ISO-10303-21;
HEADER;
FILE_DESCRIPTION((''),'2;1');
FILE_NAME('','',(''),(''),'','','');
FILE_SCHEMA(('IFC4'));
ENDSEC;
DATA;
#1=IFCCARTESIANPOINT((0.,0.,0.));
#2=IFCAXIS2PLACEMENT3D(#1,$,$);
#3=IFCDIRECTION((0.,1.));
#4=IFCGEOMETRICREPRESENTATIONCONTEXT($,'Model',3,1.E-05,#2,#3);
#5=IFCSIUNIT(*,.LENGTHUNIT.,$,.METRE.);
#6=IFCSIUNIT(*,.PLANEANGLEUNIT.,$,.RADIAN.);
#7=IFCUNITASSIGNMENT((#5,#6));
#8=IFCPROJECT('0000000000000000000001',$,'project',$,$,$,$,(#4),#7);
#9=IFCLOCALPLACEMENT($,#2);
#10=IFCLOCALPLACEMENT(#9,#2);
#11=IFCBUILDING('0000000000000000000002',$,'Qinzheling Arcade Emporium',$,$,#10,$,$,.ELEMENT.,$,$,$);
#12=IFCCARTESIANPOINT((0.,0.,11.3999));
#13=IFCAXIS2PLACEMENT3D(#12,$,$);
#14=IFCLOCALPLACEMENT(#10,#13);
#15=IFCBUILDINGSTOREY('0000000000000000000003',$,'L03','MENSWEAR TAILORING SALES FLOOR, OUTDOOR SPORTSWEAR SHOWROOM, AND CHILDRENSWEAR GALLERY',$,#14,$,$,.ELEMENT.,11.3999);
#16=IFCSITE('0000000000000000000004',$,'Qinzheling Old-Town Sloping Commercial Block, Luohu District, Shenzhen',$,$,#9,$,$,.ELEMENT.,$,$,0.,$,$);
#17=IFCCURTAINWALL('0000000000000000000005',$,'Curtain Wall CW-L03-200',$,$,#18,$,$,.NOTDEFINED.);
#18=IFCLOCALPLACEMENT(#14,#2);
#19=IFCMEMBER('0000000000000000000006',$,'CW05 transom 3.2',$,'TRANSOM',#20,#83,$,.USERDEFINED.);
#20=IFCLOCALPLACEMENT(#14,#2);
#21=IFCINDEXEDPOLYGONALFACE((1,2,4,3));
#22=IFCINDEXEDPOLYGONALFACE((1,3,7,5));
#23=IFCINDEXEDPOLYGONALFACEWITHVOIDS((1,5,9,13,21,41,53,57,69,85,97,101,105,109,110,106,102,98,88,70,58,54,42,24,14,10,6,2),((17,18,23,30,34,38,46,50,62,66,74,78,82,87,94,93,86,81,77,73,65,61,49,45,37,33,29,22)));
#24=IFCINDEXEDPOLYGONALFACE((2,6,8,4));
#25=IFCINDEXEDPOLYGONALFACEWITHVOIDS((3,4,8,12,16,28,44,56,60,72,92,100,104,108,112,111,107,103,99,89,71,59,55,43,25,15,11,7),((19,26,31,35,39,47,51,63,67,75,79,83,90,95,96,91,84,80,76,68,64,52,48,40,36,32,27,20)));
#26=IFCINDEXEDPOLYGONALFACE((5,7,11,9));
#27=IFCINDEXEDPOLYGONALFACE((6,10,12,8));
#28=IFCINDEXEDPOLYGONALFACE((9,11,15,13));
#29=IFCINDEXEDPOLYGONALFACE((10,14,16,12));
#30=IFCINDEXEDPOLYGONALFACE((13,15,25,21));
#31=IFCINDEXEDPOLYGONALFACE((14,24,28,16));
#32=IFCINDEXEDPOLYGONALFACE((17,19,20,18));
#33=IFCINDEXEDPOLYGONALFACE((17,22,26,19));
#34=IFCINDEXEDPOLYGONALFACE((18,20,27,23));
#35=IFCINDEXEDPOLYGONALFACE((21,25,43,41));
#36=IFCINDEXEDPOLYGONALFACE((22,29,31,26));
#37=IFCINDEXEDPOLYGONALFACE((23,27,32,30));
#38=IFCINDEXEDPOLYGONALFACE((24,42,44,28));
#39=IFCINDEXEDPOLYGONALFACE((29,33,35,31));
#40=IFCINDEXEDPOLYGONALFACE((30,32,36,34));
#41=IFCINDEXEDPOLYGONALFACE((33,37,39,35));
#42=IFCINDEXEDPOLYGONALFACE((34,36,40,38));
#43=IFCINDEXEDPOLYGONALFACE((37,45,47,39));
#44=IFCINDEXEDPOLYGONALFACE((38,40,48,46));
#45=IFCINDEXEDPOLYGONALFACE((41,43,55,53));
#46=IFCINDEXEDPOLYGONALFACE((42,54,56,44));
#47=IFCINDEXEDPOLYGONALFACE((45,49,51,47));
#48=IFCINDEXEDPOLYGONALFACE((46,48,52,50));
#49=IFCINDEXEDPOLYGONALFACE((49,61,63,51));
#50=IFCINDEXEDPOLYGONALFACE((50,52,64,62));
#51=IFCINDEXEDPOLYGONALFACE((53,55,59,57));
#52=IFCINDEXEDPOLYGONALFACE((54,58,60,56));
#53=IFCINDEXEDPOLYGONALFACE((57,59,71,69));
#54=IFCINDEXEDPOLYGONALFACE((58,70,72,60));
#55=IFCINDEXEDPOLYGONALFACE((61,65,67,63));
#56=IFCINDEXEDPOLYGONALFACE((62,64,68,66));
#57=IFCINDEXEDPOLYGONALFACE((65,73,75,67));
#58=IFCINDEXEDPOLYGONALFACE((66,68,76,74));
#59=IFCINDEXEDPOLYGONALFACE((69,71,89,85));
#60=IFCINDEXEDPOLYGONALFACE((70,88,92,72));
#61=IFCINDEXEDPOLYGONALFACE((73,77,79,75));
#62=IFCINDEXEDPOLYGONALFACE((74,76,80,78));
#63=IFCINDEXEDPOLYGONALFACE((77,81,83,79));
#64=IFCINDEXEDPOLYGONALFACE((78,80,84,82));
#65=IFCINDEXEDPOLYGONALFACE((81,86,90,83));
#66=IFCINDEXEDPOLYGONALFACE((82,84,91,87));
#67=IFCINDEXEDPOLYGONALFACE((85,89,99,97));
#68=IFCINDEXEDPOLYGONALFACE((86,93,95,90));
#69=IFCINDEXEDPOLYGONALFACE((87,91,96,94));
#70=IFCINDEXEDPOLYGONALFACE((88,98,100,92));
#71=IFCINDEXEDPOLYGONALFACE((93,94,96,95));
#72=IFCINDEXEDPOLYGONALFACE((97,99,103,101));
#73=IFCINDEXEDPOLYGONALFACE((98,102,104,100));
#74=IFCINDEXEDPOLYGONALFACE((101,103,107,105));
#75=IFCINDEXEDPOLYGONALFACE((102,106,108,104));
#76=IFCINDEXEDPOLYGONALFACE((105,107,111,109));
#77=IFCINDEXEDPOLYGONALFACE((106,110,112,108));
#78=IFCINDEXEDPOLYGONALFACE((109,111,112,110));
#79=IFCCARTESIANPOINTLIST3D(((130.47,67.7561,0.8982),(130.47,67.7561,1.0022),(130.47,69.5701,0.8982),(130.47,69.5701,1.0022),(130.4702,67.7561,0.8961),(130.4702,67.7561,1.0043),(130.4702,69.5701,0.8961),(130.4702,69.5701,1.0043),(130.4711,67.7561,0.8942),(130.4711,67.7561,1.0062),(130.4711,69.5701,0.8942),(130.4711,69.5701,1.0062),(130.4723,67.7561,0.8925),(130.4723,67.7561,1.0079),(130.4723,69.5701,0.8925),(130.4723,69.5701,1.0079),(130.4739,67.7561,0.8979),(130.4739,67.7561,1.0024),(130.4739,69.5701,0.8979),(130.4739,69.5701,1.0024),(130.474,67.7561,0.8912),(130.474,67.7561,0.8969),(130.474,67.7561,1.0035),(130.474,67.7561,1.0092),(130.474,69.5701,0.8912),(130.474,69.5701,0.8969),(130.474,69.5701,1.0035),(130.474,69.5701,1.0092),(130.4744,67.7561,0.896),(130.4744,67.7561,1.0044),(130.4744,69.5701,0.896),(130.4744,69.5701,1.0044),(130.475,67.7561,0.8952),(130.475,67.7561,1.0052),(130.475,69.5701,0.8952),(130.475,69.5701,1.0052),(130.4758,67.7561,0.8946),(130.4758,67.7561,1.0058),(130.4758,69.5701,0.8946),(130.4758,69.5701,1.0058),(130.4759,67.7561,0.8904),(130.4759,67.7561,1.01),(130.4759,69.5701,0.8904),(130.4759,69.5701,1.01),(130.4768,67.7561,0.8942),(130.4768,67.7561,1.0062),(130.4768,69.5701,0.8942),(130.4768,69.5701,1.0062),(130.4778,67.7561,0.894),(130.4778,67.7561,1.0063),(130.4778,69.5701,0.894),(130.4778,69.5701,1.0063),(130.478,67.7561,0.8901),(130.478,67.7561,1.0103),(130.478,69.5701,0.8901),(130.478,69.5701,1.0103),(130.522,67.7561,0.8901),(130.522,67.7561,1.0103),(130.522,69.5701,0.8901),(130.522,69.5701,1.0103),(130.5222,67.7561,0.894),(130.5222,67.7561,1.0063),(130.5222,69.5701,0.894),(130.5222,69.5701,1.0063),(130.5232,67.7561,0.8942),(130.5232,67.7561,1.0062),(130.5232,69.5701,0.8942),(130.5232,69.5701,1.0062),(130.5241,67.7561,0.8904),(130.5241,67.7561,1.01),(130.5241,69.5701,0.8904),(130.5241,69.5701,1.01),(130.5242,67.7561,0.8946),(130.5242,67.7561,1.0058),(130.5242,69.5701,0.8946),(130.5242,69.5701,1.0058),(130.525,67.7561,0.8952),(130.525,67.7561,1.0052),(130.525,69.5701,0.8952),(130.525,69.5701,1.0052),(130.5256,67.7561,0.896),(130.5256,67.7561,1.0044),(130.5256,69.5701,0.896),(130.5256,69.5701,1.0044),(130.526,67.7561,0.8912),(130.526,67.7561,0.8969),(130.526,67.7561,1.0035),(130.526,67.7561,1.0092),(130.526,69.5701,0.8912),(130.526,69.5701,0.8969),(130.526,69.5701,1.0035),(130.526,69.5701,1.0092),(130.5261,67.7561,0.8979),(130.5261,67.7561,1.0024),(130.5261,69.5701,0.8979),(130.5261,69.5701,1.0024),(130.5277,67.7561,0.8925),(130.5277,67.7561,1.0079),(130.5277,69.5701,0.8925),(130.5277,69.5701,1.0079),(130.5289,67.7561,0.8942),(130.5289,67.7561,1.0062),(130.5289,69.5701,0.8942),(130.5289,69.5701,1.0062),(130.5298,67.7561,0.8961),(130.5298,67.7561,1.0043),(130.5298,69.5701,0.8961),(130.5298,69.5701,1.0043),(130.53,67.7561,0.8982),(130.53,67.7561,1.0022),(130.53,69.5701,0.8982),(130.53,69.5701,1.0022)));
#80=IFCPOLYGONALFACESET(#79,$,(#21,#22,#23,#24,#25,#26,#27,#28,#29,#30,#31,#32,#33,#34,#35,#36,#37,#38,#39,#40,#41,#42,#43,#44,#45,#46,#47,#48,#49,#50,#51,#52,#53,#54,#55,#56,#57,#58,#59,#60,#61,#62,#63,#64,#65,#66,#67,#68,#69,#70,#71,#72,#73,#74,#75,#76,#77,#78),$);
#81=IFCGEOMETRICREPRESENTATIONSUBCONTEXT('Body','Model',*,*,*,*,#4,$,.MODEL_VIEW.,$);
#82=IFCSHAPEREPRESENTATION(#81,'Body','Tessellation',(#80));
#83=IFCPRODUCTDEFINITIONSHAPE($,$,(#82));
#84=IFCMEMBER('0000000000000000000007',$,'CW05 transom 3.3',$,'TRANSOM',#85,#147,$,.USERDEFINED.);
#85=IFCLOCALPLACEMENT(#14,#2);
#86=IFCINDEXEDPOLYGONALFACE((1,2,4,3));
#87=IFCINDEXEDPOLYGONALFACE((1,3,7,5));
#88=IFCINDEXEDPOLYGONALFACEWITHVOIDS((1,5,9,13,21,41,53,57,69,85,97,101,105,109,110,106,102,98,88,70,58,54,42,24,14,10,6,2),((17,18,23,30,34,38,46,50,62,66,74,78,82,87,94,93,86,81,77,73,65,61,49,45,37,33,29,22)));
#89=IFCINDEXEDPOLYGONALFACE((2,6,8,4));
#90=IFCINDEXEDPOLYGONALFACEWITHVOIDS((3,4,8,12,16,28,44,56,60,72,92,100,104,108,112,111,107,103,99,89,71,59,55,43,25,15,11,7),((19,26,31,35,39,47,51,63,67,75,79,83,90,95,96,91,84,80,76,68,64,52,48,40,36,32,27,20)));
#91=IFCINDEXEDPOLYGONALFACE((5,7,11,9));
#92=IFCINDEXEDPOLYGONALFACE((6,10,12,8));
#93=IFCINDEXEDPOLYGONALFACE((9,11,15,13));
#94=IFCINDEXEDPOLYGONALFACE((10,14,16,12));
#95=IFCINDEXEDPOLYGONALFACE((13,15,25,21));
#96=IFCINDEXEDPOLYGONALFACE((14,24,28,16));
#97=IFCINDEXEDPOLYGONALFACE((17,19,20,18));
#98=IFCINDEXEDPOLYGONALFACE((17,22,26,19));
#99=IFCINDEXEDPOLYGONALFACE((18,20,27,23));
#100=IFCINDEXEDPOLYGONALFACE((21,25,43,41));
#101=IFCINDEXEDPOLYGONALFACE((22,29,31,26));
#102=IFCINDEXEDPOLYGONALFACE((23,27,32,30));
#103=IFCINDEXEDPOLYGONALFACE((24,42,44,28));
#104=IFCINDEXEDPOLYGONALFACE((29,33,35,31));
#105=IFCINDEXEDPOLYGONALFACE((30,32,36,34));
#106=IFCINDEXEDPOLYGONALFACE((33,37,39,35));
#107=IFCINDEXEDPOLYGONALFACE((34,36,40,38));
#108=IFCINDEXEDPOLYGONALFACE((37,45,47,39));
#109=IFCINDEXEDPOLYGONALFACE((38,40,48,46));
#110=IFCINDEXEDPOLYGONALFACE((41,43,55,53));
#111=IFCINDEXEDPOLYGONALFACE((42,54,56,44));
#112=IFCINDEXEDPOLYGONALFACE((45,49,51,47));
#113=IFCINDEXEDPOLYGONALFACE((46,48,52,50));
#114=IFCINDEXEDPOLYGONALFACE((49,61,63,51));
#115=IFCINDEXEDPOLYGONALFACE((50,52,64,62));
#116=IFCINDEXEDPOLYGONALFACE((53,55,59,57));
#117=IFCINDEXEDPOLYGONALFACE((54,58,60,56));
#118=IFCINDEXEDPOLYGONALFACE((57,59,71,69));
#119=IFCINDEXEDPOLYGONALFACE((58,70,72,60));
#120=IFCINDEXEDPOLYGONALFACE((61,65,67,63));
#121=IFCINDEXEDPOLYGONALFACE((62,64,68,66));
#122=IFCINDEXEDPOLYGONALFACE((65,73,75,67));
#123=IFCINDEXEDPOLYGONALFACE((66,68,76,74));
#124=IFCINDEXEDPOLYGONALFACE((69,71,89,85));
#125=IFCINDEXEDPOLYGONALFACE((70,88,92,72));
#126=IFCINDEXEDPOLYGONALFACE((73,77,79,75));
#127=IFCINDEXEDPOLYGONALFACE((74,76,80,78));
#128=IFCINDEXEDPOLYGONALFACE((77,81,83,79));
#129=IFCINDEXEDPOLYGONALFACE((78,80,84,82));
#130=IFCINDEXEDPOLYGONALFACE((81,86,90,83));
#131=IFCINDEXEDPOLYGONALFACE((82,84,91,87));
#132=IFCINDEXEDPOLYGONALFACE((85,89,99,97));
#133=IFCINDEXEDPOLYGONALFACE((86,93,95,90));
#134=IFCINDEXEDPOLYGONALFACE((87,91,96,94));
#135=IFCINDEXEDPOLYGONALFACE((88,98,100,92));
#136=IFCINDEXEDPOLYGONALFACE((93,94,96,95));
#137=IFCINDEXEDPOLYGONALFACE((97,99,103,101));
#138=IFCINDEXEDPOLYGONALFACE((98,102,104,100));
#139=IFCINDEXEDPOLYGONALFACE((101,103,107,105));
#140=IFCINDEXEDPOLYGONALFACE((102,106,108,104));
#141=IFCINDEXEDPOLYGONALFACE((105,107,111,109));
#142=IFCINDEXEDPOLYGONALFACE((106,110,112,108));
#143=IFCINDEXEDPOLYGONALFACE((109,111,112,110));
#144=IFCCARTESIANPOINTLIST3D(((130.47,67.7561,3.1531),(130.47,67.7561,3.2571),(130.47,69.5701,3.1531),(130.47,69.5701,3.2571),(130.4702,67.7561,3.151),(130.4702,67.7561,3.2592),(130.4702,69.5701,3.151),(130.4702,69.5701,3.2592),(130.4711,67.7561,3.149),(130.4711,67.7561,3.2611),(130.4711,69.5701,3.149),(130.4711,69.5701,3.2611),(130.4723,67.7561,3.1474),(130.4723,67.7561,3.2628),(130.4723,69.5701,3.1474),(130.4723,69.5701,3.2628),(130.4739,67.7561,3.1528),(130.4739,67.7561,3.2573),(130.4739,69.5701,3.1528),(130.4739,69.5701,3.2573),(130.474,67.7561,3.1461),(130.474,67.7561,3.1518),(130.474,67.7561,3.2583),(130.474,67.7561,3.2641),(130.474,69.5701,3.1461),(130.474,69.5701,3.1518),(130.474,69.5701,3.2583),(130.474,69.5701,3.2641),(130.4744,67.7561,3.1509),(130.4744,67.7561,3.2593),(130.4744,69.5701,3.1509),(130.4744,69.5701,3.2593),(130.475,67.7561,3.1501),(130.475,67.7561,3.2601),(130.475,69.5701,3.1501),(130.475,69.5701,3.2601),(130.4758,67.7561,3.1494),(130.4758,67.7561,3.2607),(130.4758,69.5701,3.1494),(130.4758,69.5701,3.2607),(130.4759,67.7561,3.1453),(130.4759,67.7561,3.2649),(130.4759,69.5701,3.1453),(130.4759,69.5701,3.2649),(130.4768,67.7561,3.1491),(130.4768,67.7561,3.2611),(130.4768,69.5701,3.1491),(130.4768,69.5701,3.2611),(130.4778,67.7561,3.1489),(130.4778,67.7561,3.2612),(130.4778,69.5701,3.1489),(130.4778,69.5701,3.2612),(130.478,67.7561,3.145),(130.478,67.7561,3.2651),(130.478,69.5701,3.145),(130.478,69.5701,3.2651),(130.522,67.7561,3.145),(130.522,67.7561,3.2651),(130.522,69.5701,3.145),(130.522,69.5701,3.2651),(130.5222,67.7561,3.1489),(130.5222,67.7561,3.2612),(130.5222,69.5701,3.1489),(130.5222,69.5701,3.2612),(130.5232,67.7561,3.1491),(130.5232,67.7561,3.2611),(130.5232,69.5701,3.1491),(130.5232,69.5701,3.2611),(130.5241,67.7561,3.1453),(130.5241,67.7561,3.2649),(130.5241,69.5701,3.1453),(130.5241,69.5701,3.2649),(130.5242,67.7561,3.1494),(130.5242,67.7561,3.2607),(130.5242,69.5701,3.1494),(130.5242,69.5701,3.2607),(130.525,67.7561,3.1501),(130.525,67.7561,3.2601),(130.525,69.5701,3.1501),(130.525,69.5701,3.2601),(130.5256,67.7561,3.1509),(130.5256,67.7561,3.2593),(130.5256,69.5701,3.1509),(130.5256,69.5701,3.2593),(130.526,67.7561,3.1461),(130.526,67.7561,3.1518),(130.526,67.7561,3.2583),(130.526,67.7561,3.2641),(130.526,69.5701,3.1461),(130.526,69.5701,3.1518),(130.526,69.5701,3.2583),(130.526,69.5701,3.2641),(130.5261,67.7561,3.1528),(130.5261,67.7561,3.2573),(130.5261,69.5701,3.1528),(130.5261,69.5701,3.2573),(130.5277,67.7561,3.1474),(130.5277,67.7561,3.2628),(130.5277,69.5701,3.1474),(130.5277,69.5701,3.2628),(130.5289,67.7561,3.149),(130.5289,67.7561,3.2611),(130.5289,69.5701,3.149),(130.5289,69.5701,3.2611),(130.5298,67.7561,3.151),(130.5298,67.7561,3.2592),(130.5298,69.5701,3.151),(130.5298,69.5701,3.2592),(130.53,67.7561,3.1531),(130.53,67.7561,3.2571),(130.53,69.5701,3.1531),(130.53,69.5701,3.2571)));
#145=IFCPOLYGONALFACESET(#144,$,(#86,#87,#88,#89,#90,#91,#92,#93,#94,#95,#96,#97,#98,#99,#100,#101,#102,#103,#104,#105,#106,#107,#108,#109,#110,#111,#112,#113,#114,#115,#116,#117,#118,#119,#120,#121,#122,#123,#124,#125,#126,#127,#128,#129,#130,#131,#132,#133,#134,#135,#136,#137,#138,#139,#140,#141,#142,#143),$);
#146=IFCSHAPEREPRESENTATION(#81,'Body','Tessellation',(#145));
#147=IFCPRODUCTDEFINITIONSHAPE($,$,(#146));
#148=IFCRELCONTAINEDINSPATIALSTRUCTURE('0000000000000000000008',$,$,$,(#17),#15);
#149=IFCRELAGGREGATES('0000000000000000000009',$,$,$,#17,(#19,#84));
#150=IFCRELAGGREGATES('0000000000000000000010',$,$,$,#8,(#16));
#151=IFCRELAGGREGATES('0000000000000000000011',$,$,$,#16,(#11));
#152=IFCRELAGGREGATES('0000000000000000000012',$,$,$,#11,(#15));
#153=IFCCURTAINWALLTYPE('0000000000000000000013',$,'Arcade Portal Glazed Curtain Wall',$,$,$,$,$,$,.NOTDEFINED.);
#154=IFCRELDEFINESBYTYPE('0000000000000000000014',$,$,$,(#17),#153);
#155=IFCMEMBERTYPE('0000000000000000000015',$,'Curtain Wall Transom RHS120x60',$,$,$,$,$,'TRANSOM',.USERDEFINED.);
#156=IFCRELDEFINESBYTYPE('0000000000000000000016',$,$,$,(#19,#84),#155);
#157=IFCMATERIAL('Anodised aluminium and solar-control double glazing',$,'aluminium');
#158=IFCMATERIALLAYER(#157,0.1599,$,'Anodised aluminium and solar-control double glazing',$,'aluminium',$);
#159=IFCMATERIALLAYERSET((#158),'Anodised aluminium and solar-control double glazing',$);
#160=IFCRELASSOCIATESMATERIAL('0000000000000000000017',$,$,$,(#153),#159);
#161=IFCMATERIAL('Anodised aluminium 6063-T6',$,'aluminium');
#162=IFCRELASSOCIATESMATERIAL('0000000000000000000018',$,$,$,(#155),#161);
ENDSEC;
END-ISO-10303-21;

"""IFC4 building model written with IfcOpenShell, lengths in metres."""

from ifc_helpers import new_model, si_unit, direction, frame, origin, origin_2d, place, context, subcontext, project, spatial, hollow_rectangle, extrude, material, layer, layer_set, material_profile, profile_set, type_object, element, aggregate, save


model = new_model("IFC4")

# Units and contexts
model_context = context("Model", 3, precision=1e-05, world=origin(), true_north=direction((0.0, 1.0)))
body_context = subcontext(model_context, "Body", "Model", "MODEL_VIEW")
ifc_project = project(units=[si_unit("LENGTHUNIT", "METRE"), si_unit("PLANEANGLEUNIT", "RADIAN")], contexts=[model_context])

# Site, building, storey
site_placement = place(None, origin())
site = spatial("IfcSite", under=ifc_project, at=site_placement, Name="Qinzheling Old-Town Sloping Commercial Block, Luohu District, Shenzhen", CompositionType="ELEMENT", RefElevation=0.0)
building_placement = place(site_placement, origin())
building = spatial("IfcBuilding", under=site, at=building_placement, Name="Qinzheling Arcade Emporium", CompositionType="ELEMENT")
storey_placement = place(building_placement, frame((0.0, 0.0, 11.3999)))
storey = spatial("IfcBuildingStorey", under=building, at=storey_placement, Name="L03", Description="MENSWEAR TAILORING SALES FLOOR, OUTDOOR SPORTSWEAR SHOWROOM, AND CHILDRENSWEAR GALLERY", CompositionType="ELEMENT", Elevation=11.3999)

# Curtain wall, members
ifc_material_1 = material(Name="Anodised aluminium and solar-control double glazing", Category="aluminium")
ifc_layer_1 = layer(ifc_material_1, 0.1599, Name="Anodised aluminium and solar-control double glazing", Category="aluminium")
ifc_layer_set_1 = layer_set([ifc_layer_1], Name="Anodised aluminium and solar-control double glazing")
curtain_wall_type = type_object("IfcCurtainWallType", Name="Arcade Portal Glazed Curtain Wall", PredefinedType="NOTDEFINED", material=ifc_layer_set_1)
curtain_wall_placement = place(storey_placement, origin())
curtain_wall = element("IfcCurtainWall", 1, at=curtain_wall_placement, inside=storey, type_object=curtain_wall_type, Name="Curtain Wall CW-L03-200", PredefinedType="NOTDEFINED")
ifc_material_2 = material(Name="Anodised aluminium 6063-T6", Category="aluminium")
ifc_material_profile_1 = material_profile(ifc_material_2, hollow_rectangle(XDim=0.0601, YDim=0.1201, WallThickness=0.0039, InnerFilletRadius=0.0039, OuterFilletRadius=0.0081, at=origin_2d()), Name="RHS 120x60x4", Category="aluminium")
ifc_profile_set_1 = profile_set([ifc_material_profile_1], Name="Anodised aluminium 6063-T6")
member_type_1 = type_object("IfcMemberType", Name="Curtain Wall Transom RHS120x60", ElementType="TRANSOM", PredefinedType="USERDEFINED", material=ifc_profile_set_1)
member_1_placement = place(storey_placement, frame((130.5, 69.5701, 0.9502), z_axis=(0.0, -1.0, 0.0), x_axis=(1.0, 0.0, 0.0)))
member_1 = element("IfcMember", 2, at=member_1_placement, type_object=member_type_1, Name="CW05 transom 3.2", ObjectType="TRANSOM", PredefinedType="USERDEFINED", context=body_context, shape_type="SweptSolid", body=[
    extrude(hollow_rectangle(XDim=0.0601, YDim=0.1201, WallThickness=0.0039, InnerFilletRadius=0.0039, OuterFilletRadius=0.0081, at=origin_2d()), origin(), (0.0, 0.0, 1.0), 1.814),
])
member_2_placement = place(storey_placement, frame((130.5, 69.5701, 3.2051), z_axis=(0.0, -1.0, 0.0), x_axis=(1.0, 0.0, 0.0)))
member_2 = element("IfcMember", 3, at=member_2_placement, type_object=member_type_1, Name="CW05 transom 3.3", ObjectType="TRANSOM", PredefinedType="USERDEFINED", context=body_context, shape_type="SweptSolid", body=[
    extrude(hollow_rectangle(XDim=0.0601, YDim=0.1201, WallThickness=0.0039, InnerFilletRadius=0.0039, OuterFilletRadius=0.0081, at=origin_2d()), origin(), (0.0, 0.0, 1.0), 1.814),
])
aggregate(curtain_wall, [member_1, member_2])

save(model, "model.ifc")
